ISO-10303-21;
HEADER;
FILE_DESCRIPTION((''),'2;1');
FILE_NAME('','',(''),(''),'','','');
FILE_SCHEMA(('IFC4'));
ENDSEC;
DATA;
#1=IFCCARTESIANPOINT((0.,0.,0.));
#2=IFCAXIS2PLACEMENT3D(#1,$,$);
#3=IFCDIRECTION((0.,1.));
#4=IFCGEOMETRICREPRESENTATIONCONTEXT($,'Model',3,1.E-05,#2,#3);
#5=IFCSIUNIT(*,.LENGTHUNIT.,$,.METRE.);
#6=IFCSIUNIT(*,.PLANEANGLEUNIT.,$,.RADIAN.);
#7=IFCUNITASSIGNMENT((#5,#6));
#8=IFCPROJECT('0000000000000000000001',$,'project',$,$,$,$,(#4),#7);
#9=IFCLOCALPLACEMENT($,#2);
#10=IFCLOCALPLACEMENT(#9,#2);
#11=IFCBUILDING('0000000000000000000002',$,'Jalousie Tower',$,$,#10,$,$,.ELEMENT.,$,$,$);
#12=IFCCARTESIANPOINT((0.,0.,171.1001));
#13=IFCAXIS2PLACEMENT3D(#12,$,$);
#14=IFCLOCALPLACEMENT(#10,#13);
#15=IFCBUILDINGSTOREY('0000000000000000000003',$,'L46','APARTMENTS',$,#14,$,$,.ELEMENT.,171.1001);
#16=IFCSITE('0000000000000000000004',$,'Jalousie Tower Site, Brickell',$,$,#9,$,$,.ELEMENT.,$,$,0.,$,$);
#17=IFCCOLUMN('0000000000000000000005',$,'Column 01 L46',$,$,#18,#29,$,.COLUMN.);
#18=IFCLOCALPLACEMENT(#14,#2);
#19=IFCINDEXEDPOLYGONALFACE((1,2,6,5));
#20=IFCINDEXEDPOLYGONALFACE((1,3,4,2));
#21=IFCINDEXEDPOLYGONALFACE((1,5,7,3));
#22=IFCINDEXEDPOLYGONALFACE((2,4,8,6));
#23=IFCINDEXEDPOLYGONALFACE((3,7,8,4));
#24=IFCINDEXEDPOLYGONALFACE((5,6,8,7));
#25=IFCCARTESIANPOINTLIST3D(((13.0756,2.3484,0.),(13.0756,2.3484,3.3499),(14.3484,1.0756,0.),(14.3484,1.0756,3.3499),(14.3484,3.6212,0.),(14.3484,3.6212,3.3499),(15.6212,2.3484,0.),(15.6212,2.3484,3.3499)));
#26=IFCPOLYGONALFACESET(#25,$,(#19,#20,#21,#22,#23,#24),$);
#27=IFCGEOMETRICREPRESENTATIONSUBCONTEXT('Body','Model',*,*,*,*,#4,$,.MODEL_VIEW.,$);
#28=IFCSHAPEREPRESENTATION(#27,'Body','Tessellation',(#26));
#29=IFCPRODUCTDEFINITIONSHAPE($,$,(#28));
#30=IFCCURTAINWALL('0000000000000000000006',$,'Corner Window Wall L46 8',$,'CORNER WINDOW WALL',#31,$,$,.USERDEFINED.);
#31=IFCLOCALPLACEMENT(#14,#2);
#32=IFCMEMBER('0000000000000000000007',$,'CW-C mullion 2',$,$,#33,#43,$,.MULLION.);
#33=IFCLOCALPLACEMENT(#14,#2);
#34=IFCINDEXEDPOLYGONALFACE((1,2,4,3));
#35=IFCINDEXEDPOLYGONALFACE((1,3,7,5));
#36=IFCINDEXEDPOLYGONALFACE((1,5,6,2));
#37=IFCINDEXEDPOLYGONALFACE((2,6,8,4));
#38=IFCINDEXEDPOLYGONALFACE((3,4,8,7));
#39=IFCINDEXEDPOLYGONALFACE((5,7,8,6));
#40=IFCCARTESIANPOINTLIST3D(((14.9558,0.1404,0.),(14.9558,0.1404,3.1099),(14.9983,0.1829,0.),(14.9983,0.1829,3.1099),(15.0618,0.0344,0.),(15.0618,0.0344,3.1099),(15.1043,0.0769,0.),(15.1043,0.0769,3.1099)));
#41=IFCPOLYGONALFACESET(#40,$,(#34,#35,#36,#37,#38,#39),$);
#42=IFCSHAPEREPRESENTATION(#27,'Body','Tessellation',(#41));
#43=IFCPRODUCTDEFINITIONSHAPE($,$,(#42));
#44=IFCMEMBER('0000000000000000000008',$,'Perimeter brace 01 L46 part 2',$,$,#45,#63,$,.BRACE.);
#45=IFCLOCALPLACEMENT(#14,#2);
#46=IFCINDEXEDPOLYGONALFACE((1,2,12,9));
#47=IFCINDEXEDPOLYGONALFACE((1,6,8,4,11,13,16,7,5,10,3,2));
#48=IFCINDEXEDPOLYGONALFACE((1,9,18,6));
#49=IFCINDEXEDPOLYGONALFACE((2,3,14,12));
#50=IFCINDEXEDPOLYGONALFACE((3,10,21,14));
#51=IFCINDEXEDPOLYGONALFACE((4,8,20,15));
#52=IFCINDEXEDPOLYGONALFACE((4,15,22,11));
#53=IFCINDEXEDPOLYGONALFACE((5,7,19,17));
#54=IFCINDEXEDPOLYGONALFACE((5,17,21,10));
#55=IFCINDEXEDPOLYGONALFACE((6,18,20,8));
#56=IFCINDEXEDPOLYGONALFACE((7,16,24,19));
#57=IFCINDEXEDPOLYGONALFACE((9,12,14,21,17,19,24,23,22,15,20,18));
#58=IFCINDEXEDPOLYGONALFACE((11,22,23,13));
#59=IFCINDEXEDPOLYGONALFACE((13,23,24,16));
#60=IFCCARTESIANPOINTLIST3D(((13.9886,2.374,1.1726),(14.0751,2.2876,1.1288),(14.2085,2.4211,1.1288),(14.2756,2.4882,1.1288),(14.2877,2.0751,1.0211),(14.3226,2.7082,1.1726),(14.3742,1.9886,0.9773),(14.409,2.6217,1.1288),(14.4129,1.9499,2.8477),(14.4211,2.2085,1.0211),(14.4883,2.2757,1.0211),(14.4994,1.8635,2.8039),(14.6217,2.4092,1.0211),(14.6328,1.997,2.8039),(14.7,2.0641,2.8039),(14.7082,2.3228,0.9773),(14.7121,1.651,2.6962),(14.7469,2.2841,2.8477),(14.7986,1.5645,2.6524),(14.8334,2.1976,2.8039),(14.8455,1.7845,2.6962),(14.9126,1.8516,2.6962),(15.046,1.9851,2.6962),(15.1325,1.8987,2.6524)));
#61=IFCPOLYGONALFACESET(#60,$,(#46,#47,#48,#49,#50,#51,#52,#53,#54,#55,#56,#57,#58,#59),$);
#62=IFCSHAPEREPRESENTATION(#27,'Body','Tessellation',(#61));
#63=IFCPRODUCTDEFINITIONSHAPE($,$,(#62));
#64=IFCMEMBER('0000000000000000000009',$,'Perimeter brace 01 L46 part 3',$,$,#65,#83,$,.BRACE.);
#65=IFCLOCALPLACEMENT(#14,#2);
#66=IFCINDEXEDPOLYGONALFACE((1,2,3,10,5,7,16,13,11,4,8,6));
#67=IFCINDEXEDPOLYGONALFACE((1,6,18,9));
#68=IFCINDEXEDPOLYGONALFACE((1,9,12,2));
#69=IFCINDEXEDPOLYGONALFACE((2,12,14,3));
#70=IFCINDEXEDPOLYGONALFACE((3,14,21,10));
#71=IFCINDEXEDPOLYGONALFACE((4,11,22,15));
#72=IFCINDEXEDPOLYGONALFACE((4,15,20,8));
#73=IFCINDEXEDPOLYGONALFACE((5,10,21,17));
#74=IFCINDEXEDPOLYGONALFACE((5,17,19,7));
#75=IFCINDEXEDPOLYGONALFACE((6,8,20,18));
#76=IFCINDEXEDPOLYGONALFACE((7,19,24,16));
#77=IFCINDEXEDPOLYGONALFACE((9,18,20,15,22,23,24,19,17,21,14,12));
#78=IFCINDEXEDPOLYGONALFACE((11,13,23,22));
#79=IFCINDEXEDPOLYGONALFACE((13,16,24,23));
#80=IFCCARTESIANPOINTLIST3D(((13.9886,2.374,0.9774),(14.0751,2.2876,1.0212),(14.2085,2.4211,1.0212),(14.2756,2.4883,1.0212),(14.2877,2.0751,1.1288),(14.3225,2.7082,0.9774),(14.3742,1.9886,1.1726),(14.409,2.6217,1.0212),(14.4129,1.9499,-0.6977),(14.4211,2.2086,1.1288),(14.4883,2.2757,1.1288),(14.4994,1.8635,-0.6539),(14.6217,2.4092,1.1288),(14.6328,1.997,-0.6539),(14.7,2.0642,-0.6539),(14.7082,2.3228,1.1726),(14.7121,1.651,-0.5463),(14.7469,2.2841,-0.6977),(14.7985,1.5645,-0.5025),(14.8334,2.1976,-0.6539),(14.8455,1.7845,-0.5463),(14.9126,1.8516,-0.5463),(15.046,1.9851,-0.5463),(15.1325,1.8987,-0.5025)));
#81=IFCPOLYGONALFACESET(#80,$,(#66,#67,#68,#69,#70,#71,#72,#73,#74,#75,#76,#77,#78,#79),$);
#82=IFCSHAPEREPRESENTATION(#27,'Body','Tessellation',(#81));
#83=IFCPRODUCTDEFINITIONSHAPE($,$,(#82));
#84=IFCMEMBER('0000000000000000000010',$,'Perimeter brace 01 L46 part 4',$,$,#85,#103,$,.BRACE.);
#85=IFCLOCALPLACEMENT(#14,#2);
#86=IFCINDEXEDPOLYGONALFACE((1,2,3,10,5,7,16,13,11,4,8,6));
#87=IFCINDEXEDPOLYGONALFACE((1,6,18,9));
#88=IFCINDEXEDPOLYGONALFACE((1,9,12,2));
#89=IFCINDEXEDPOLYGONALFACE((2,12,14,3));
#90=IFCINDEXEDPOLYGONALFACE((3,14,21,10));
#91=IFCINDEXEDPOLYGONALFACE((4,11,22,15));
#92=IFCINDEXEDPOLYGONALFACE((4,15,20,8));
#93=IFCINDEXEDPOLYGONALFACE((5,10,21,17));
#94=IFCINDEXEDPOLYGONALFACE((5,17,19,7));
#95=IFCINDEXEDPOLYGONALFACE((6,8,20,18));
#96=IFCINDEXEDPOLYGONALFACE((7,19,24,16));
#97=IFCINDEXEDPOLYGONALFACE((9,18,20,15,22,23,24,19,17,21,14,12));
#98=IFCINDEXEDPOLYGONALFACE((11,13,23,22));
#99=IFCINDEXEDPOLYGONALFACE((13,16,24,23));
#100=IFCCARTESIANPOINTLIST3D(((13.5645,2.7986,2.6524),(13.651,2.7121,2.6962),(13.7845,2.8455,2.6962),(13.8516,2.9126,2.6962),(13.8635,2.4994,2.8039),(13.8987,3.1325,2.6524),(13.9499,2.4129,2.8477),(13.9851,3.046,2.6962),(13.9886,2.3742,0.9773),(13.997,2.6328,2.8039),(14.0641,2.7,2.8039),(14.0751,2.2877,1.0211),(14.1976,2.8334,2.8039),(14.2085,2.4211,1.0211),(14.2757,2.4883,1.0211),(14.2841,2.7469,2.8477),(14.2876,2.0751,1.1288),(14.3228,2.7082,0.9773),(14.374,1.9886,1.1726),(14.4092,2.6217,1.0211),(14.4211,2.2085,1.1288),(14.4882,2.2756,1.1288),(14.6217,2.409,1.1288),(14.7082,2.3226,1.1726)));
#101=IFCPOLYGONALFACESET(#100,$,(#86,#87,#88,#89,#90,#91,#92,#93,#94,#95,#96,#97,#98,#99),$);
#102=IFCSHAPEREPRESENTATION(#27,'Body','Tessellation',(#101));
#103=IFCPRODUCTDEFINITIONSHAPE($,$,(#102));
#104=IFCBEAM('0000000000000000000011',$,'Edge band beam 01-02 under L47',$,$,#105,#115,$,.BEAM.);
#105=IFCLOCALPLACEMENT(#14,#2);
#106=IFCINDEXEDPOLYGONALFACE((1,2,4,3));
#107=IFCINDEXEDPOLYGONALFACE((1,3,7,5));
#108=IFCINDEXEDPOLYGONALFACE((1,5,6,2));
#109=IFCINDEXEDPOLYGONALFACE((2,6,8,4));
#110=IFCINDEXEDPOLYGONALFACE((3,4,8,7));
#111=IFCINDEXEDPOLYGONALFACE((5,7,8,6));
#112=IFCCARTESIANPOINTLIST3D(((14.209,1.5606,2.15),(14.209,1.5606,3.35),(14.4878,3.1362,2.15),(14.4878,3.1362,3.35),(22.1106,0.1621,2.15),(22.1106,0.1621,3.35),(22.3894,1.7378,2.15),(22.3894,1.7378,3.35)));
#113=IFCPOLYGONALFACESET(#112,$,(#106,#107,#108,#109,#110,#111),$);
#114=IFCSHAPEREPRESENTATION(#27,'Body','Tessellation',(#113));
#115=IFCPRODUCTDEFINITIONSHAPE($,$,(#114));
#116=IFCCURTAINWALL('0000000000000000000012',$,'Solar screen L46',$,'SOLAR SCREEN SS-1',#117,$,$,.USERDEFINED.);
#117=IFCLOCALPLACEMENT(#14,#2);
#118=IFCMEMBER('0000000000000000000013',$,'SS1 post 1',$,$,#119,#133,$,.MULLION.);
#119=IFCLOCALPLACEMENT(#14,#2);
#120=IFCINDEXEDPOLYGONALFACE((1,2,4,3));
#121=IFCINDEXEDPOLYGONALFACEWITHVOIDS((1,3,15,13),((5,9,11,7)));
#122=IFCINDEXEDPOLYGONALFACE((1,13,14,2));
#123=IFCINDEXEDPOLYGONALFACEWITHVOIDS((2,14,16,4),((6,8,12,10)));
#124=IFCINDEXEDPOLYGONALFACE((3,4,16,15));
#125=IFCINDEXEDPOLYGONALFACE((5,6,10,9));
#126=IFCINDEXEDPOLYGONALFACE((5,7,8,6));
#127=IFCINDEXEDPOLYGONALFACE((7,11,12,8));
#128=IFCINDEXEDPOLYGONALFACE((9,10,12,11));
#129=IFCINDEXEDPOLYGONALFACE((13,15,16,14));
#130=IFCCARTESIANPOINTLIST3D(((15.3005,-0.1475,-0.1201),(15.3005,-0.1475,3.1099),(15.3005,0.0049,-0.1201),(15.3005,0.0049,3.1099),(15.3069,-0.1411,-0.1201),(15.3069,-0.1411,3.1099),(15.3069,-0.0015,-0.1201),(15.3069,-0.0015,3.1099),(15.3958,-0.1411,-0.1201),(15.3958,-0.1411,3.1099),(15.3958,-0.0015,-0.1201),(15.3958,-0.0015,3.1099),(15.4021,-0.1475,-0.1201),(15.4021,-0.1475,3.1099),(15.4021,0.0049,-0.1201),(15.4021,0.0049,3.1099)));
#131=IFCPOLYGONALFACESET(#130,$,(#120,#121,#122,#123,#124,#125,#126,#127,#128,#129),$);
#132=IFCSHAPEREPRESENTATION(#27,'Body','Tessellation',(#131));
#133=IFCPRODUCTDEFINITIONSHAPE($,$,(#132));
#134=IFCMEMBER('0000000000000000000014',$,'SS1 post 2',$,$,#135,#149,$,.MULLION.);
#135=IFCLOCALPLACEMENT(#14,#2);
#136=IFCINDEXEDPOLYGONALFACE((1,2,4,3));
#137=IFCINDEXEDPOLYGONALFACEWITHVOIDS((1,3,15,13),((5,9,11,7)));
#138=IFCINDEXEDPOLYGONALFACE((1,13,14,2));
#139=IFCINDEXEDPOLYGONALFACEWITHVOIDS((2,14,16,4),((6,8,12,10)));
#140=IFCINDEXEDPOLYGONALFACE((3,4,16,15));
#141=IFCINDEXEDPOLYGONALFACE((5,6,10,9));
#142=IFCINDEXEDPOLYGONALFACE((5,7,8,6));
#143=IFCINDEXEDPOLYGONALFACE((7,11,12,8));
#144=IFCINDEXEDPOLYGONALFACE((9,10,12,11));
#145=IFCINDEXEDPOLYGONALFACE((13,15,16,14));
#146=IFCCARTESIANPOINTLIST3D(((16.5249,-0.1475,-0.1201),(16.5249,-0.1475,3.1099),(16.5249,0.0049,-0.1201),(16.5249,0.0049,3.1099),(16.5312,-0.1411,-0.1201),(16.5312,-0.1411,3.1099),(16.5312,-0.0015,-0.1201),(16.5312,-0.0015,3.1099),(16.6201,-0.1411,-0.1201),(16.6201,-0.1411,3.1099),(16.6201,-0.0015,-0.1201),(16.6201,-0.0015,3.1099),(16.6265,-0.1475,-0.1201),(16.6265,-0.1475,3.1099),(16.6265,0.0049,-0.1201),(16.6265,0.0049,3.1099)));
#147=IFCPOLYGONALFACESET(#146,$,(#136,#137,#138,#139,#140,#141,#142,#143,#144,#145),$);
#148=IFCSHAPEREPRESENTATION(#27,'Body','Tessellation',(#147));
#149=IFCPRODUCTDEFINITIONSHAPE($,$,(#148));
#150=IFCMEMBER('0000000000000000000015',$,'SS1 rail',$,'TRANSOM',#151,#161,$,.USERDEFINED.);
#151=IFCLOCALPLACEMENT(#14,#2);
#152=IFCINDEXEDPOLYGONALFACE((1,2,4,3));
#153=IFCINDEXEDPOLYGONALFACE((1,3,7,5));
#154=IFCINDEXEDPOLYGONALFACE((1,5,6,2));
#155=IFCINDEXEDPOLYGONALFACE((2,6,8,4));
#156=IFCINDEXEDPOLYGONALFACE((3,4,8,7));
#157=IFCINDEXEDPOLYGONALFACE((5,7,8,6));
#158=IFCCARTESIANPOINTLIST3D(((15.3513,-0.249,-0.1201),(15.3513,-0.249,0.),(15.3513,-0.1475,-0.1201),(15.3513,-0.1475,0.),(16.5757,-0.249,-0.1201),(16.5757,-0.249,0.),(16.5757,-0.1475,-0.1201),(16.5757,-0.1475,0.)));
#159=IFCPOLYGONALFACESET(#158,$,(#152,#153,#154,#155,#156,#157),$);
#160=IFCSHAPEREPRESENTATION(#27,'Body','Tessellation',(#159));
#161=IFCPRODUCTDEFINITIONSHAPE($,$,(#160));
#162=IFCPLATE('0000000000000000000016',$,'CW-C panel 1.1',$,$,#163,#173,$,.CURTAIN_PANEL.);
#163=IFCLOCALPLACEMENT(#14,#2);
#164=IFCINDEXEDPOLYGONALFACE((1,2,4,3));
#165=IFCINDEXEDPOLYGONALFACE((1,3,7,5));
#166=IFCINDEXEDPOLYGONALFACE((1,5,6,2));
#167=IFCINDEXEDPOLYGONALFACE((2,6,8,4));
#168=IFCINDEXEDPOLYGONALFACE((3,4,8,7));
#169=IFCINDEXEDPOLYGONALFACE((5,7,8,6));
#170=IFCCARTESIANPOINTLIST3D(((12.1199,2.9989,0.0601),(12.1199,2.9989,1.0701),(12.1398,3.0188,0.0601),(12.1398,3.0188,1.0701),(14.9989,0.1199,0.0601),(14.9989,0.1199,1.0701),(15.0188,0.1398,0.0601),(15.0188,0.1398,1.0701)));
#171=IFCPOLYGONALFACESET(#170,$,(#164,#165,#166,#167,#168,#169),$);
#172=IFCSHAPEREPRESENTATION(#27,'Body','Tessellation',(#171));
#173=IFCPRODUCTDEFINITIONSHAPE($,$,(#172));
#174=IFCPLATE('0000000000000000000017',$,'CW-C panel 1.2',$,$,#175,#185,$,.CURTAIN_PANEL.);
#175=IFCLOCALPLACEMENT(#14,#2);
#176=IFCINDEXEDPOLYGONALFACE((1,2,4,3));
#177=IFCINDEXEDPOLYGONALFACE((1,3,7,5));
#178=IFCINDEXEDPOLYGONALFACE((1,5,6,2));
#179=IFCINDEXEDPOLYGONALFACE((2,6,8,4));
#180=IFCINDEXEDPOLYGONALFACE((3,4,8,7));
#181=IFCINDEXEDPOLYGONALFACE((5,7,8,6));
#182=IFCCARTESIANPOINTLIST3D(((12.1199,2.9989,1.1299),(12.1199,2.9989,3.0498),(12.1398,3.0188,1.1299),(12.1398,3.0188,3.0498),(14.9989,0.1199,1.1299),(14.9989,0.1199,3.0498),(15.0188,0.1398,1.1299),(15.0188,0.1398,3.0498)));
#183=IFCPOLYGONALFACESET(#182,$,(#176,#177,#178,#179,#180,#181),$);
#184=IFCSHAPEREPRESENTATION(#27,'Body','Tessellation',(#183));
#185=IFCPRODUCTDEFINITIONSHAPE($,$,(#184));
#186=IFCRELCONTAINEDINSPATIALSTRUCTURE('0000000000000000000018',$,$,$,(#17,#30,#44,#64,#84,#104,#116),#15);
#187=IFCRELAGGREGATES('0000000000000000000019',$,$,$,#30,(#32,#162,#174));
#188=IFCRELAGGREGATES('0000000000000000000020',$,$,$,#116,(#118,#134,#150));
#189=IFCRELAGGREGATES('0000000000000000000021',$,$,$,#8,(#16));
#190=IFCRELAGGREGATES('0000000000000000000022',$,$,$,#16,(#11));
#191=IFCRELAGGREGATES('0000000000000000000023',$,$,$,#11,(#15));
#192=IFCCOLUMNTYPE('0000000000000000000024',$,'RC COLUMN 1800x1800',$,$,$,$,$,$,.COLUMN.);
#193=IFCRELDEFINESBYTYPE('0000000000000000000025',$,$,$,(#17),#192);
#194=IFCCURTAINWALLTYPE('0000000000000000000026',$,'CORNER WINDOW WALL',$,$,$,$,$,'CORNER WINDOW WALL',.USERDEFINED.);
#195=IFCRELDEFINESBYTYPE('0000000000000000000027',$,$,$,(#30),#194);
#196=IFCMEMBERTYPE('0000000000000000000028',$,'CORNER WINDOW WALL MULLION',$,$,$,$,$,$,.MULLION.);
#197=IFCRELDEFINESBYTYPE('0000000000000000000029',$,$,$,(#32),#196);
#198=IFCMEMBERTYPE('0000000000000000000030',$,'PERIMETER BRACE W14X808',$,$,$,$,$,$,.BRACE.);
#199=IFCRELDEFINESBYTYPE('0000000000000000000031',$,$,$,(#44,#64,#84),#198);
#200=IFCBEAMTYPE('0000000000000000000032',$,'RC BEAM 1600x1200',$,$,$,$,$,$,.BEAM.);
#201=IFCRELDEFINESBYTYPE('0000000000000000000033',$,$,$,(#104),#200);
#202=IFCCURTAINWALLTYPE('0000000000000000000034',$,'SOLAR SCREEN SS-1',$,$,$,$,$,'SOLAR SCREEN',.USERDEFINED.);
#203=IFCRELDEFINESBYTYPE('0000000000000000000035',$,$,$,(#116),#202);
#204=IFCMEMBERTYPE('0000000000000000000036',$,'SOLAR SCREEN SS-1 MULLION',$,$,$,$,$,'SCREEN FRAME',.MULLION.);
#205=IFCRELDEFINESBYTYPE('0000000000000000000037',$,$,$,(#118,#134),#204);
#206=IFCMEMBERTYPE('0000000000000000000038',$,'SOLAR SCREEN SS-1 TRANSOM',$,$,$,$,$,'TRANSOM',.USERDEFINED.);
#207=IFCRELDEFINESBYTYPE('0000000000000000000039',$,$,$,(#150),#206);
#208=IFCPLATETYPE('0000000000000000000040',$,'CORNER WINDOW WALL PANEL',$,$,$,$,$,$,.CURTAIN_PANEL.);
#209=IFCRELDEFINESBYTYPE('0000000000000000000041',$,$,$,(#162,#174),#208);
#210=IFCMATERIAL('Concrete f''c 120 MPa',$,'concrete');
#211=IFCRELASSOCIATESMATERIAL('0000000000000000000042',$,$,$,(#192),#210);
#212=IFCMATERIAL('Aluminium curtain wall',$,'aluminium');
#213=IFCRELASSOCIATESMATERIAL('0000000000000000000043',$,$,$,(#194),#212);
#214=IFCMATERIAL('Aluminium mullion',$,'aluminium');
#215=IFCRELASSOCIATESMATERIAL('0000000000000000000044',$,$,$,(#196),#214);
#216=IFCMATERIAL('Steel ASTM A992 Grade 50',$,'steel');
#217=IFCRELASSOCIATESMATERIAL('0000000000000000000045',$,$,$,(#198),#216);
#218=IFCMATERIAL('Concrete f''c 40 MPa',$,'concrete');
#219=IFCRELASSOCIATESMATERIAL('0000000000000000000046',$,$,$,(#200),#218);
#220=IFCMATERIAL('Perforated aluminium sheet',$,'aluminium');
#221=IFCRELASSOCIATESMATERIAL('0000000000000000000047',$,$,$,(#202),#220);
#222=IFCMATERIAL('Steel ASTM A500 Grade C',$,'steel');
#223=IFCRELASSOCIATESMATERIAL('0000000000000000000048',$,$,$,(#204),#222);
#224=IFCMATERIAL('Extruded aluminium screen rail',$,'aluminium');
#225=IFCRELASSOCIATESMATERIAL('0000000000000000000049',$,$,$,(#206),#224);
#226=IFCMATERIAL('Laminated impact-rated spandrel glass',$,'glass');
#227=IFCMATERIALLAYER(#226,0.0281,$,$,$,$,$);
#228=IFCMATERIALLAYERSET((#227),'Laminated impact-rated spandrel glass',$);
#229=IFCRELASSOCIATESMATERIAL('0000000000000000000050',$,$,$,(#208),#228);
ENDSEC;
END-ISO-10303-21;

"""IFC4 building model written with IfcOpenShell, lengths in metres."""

from ifc_helpers import new_model, si_unit, direction, frame, origin, origin_2d, place, context, subcontext, project, spatial, rectangle, hollow_rectangle, i_section, extrude, material, layer, layer_set, material_profile, profile_set, type_object, element, aggregate, save


model = new_model("IFC4")

# Units and contexts
model_context = context("Model", 3, precision=1e-05, world=origin(), true_north=direction((0.0, 1.0)))
body_context = subcontext(model_context, "Body", "Model", "MODEL_VIEW")
ifc_project = project(units=[si_unit("LENGTHUNIT", "METRE"), si_unit("PLANEANGLEUNIT", "RADIAN")], contexts=[model_context])

# Site, building, storey
site_placement = place(None, origin())
site = spatial("IfcSite", under=ifc_project, at=site_placement, Name="Jalousie Tower Site, Brickell", CompositionType="ELEMENT", RefElevation=0.0)
building_placement = place(site_placement, origin())
building = spatial("IfcBuilding", under=site, at=building_placement, Name="Jalousie Tower", CompositionType="ELEMENT")
storey_placement = place(building_placement, frame((0.0, 0.0, 171.1001)))
storey = spatial("IfcBuildingStorey", under=building, at=storey_placement, Name="L46", Description="APARTMENTS", CompositionType="ELEMENT", Elevation=171.1001)

# Column
ifc_material_1 = material(Name="Concrete f'c 120 MPa", Category="concrete")
ifc_material_profile_1 = material_profile(ifc_material_1, rectangle(XDim=1.8, YDim=1.8, at=origin_2d()), Name="RC 1800x1800")
ifc_profile_set_1 = profile_set([ifc_material_profile_1], Name="Concrete f'c 120 MPa")
column_type = type_object("IfcColumnType", Name="RC COLUMN 1800x1800", PredefinedType="COLUMN", material=ifc_profile_set_1)
column_placement = place(storey_placement, frame((14.3484, 2.3484, 0.0), z_axis=(0.0, 0.0, 1.0), x_axis=(0.707107, 0.707107, 0.0)))
element("IfcColumn", 1, at=column_placement, inside=storey, type_object=column_type, Name="Column 01 L46", PredefinedType="COLUMN", context=body_context, shape_type="SweptSolid", body=[
    extrude(rectangle(XDim=1.8, YDim=1.8, at=origin_2d()), origin(), (0.0, 0.0, 1.0), 3.3499),
])

# Curtain wall, member
ifc_material_2 = material(Name="Aluminium curtain wall", Category="aluminium")
curtain_wall_type_1 = type_object("IfcCurtainWallType", Name="CORNER WINDOW WALL", ElementType="CORNER WINDOW WALL", PredefinedType="USERDEFINED", material=ifc_material_2)
curtain_wall_1_placement = place(storey_placement, origin())
curtain_wall_1 = element("IfcCurtainWall", 2, at=curtain_wall_1_placement, inside=storey, type_object=curtain_wall_type_1, Name="Corner Window Wall L46 8", ObjectType="CORNER WINDOW WALL", PredefinedType="USERDEFINED")
ifc_material_3 = material(Name="Aluminium mullion", Category="aluminium")
ifc_material_profile_2 = material_profile(ifc_material_3, rectangle(XDim=0.0601, YDim=0.1499, at=origin_2d()), Name="MULLION 60x150")
ifc_profile_set_2 = profile_set([ifc_material_profile_2], Name="Aluminium mullion")
member_type_1 = type_object("IfcMemberType", Name="CORNER WINDOW WALL MULLION", PredefinedType="MULLION", material=ifc_profile_set_2)
member_1_placement = place(storey_placement, frame((15.03, 0.1086, 0.0), z_axis=(0.0, 0.0, 1.0), x_axis=(0.707107, 0.707107, 0.0)))
member_1 = element("IfcMember", 3, at=member_1_placement, type_object=member_type_1, Name="CW-C mullion 2", PredefinedType="MULLION", context=body_context, shape_type="SweptSolid", body=[
    extrude(rectangle(XDim=0.0601, YDim=0.1499, at=origin_2d()), origin(), (0.0, 0.0, 1.0), 3.1099),
])

# Members
ifc_material_4 = material(Name="Steel ASTM A992 Grade 50", Category="steel")
ifc_material_profile_3 = material_profile(ifc_material_4, i_section(OverallWidth=0.4724, OverallDepth=0.5791, WebThickness=0.095, FlangeThickness=0.1299, at=origin_2d()), Name="W14X808")
ifc_profile_set_3 = profile_set([ifc_material_profile_3], Name="Steel ASTM A992 Grade 50")
member_type_2 = type_object("IfcMemberType", Name="PERIMETER BRACE W14X808", PredefinedType="BRACE", material=ifc_profile_set_3)
for number, where, z_axis, x_axis, name in (
    (4, (14.3484, 2.3484, 1.075), (0.238483, -0.238346, 0.941444), (0.706903, 0.70731, 0.0), "Perimeter brace 01 L46 part 2"),
    (5, (14.7727, 1.9243, -0.6001), (-0.238483, 0.238346, 0.941444), (-0.706903, -0.70731, 0.0), "Perimeter brace 01 L46 part 3"),
    (6, (14.3484, 2.3484, 1.075), (-0.238346, 0.238483, 0.941444), (-0.70731, -0.706903, 0.0), "Perimeter brace 01 L46 part 4"),
):
    element("IfcMember", number, at=place(storey_placement, frame(where, z_axis=z_axis, x_axis=x_axis)), inside=storey, type_object=member_type_2, Name=name, PredefinedType="BRACE", context=body_context, shape_type="SweptSolid", body=[
        extrude(i_section(OverallWidth=0.4724, OverallDepth=0.5791, WebThickness=0.095, FlangeThickness=0.1299, at=origin_2d()), origin(), (0.0, 0.0, 1.0), 1.7793),
    ])

# Beam
ifc_material_5 = material(Name="Concrete f'c 40 MPa", Category="concrete")
ifc_material_profile_4 = material_profile(ifc_material_5, rectangle(XDim=1.6001, YDim=1.2, at=origin_2d()), Name="RC 1600x1200")
ifc_profile_set_4 = profile_set([ifc_material_profile_4], Name="Concrete f'c 40 MPa")
beam_type = type_object("IfcBeamType", Name="RC BEAM 1600x1200", PredefinedType="BEAM", material=ifc_profile_set_4)
beam_placement = place(storey_placement, frame((14.3484, 2.3484, 2.75), z_axis=(0.984697, -0.174273, 0.0), x_axis=(0.174273, 0.984697, 0.0)))
element("IfcBeam", 7, at=beam_placement, inside=storey, type_object=beam_type, Name="Edge band beam 01-02 under L47", PredefinedType="BEAM", context=body_context, shape_type="SweptSolid", body=[
    extrude(rectangle(XDim=1.6001, YDim=1.2, at=origin_2d()), origin(), (0.0, 0.0, 1.0), 8.0244),
])

# Curtain wall, members
ifc_material_6 = material(Name="Perforated aluminium sheet", Category="aluminium")
curtain_wall_type_2 = type_object("IfcCurtainWallType", Name="SOLAR SCREEN SS-1", ElementType="SOLAR SCREEN", PredefinedType="USERDEFINED", material=ifc_material_6)
curtain_wall_2_placement = place(storey_placement, origin())
curtain_wall_2 = element("IfcCurtainWall", 8, at=curtain_wall_2_placement, inside=storey, type_object=curtain_wall_type_2, Name="Solar screen L46", ObjectType="SOLAR SCREEN SS-1", PredefinedType="USERDEFINED")
ifc_material_7 = material(Name="Steel ASTM A500 Grade C", Category="steel")
ifc_material_profile_5 = material_profile(ifc_material_7, hollow_rectangle(XDim=0.1016, YDim=0.1523, WallThickness=0.0063, at=origin_2d()), Name="HSS6X4X1/4")
ifc_profile_set_5 = profile_set([ifc_material_profile_5], Name="Steel ASTM A500 Grade C")
member_type_3 = type_object("IfcMemberType", Name="SOLAR SCREEN SS-1 MULLION", ElementType="SCREEN FRAME", PredefinedType="MULLION", material=ifc_profile_set_5)
member_2_placement = place(storey_placement, frame((15.3513, -0.0713, -0.1201), z_axis=(0.0, 0.0, 1.0), x_axis=(1.0, 0.0, 0.0)))
member_2 = element("IfcMember", 9, at=member_2_placement, type_object=member_type_3, Name="SS1 post 1", PredefinedType="MULLION", context=body_context, shape_type="SweptSolid", body=[
    extrude(hollow_rectangle(XDim=0.1016, YDim=0.1523, WallThickness=0.0063, at=origin_2d()), origin(), (0.0, 0.0, 1.0), 3.23),
])
member_3_placement = place(storey_placement, frame((16.5757, -0.0713, -0.1201), z_axis=(0.0, 0.0, 1.0), x_axis=(1.0, 0.0, 0.0)))
member_3 = element("IfcMember", 10, at=member_3_placement, type_object=member_type_3, Name="SS1 post 2", PredefinedType="MULLION", context=body_context, shape_type="SweptSolid", body=[
    extrude(hollow_rectangle(XDim=0.1016, YDim=0.1523, WallThickness=0.0063, at=origin_2d()), origin(), (0.0, 0.0, 1.0), 3.23),
])
ifc_material_8 = material(Name="Extruded aluminium screen rail", Category="aluminium")
ifc_material_profile_6 = material_profile(ifc_material_8, rectangle(XDim=0.1016, YDim=0.1201, at=origin_2d()), Name="RAIL 102x120")
ifc_profile_set_6 = profile_set([ifc_material_profile_6], Name="Extruded aluminium screen rail")
member_type_4 = type_object("IfcMemberType", Name="SOLAR SCREEN SS-1 TRANSOM", ElementType="TRANSOM", PredefinedType="USERDEFINED", material=ifc_profile_set_6)
member_4_placement = place(storey_placement, frame((15.3513, -0.1982, -0.0601), z_axis=(1.0, 0.0, 0.0), x_axis=(0.0, 1.0, 0.0)))
member_4 = element("IfcMember", 11, at=member_4_placement, type_object=member_type_4, Name="SS1 rail", ObjectType="TRANSOM", PredefinedType="USERDEFINED", context=body_context, shape_type="SweptSolid", body=[
    extrude(rectangle(XDim=0.1016, YDim=0.1201, at=origin_2d()), origin(), (0.0, 0.0, 1.0), 1.2244),
])

# Plates
ifc_material_9 = material(Name="Laminated impact-rated spandrel glass", Category="glass")
ifc_layer_1 = layer(ifc_material_9, 0.0281)
ifc_layer_set_1 = layer_set([ifc_layer_1], Name="Laminated impact-rated spandrel glass")
plate_type_1 = type_object("IfcPlateType", Name="CORNER WINDOW WALL PANEL", PredefinedType="CURTAIN_PANEL", material=ifc_layer_set_1)
plate_1_placement = place(storey_placement, frame((13.5693, 1.5693, 0.0601), z_axis=(0.0, 0.0, 1.0), x_axis=(0.707107, -0.707107, 0.0)))
plate_1 = element("IfcPlate", 12, at=plate_1_placement, type_object=plate_type_1, Name="CW-C panel 1.1", PredefinedType="CURTAIN_PANEL", context=body_context, shape_type="SweptSolid", body=[
    extrude(rectangle(XDim=4.0715, YDim=0.0281, at=origin_2d()), origin(), (0.0, 0.0, 1.0), 1.01),
])
plate_2_placement = place(storey_placement, frame((13.5693, 1.5693, 1.1299), z_axis=(0.0, 0.0, 1.0), x_axis=(0.707107, -0.707107, 0.0)))
plate_2 = element("IfcPlate", 13, at=plate_2_placement, type_object=plate_type_1, Name="CW-C panel 1.2", PredefinedType="CURTAIN_PANEL", context=body_context, shape_type="SweptSolid", body=[
    extrude(rectangle(XDim=4.0715, YDim=0.0281, at=origin_2d()), origin(), (0.0, 0.0, 1.0), 1.9199),
])
aggregate(curtain_wall_1, [member_1, plate_1, plate_2])
aggregate(curtain_wall_2, [member_2, member_3, member_4])

save(model, "model.ifc")
